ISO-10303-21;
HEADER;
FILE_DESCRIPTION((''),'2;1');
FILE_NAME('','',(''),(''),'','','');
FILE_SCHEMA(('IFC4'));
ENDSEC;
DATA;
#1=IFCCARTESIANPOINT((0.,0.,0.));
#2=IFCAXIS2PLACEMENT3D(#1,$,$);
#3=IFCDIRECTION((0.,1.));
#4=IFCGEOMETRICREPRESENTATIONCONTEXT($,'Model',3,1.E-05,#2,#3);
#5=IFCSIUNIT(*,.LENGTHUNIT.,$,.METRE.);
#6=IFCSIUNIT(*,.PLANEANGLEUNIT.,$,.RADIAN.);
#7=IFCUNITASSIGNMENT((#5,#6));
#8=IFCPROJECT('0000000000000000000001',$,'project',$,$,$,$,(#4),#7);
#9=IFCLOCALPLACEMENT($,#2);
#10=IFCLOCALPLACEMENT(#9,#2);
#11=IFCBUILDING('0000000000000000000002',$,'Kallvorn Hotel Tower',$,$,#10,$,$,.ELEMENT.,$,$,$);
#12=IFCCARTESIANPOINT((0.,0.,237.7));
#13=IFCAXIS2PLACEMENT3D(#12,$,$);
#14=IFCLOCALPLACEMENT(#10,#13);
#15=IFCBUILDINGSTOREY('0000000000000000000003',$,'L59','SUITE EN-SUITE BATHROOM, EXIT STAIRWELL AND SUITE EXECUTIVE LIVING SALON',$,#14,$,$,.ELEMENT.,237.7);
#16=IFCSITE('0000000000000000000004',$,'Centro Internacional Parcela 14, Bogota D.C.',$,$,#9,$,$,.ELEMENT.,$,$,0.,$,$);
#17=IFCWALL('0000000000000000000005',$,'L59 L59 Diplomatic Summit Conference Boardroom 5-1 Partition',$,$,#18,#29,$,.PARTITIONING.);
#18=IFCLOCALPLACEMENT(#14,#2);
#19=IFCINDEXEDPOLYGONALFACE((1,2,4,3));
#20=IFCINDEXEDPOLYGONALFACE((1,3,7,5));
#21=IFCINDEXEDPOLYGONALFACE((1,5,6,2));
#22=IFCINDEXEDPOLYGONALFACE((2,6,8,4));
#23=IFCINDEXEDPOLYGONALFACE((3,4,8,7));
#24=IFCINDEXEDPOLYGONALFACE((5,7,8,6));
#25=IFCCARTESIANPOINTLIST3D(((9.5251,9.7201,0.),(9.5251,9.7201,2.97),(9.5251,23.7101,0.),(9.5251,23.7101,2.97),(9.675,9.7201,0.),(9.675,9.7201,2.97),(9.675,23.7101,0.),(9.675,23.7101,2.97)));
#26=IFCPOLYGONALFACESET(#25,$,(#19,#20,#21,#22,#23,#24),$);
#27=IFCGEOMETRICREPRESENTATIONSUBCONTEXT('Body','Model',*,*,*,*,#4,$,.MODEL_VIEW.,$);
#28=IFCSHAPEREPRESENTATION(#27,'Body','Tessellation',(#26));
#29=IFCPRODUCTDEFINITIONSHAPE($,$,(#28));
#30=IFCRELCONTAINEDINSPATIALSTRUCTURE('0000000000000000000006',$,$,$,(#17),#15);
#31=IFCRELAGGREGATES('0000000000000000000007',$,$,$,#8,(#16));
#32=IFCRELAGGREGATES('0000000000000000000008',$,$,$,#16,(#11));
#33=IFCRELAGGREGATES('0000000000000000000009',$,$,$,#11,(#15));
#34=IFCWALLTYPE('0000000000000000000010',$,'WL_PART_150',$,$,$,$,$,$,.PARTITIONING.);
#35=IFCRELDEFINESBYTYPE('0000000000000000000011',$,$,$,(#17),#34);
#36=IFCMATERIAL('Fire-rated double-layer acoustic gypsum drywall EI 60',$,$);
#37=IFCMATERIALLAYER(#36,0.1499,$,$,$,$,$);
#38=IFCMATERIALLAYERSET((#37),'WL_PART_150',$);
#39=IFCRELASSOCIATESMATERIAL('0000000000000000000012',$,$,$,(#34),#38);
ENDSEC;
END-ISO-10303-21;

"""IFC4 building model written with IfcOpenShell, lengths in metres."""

from ifc_helpers import new_model, si_unit, direction, frame, frame_2d, origin, place, context, subcontext, project, spatial, rectangle, extrude, material, layer, layer_set, type_object, element, save


model = new_model("IFC4")

# Units and contexts
model_context = context("Model", 3, precision=1e-05, world=origin(), true_north=direction((0.0, 1.0)))
body_context = subcontext(model_context, "Body", "Model", "MODEL_VIEW")
ifc_project = project(units=[si_unit("LENGTHUNIT", "METRE"), si_unit("PLANEANGLEUNIT", "RADIAN")], contexts=[model_context])

# Site, building, storey
site_placement = place(None, origin())
site = spatial("IfcSite", under=ifc_project, at=site_placement, Name="Centro Internacional Parcela 14, Bogota D.C.", CompositionType="ELEMENT", RefElevation=0.0)
building_placement = place(site_placement, origin())
building = spatial("IfcBuilding", under=site, at=building_placement, Name="Kallvorn Hotel Tower", CompositionType="ELEMENT")
storey_placement = place(building_placement, frame((0.0, 0.0, 237.7)))
storey = spatial("IfcBuildingStorey", under=building, at=storey_placement, Name="L59", Description="SUITE EN-SUITE BATHROOM, EXIT STAIRWELL AND SUITE EXECUTIVE LIVING SALON", CompositionType="ELEMENT", Elevation=237.7)

# Wall
ifc_material_1 = material(Name="Fire-rated double-layer acoustic gypsum drywall EI 60")
ifc_layer_1 = layer(ifc_material_1, 0.1499)
ifc_layer_set_1 = layer_set([ifc_layer_1], Name="WL_PART_150")
wall_type_1 = type_object("IfcWallType", Name="WL_PART_150", PredefinedType="PARTITIONING", material=ifc_layer_set_1)
wall_1_placement = place(storey_placement, frame((9.6001, 9.72, 0.0), z_axis=(0.0, 0.0, 1.0), x_axis=(0.0, 1.0, 0.0)))
element("IfcWall", 1, at=wall_1_placement, inside=storey, type_object=wall_type_1, Name="L59 L59 Diplomatic Summit Conference Boardroom 5-1 Partition", PredefinedType="PARTITIONING", context=body_context, shape_type="SweptSolid", body=[
    extrude(rectangle(XDim=13.99, YDim=0.1499, at=frame_2d((6.9951, 0.0))), origin(), (0.0, 0.0, 1.0), 2.97),
])

save(model, "model.ifc")
